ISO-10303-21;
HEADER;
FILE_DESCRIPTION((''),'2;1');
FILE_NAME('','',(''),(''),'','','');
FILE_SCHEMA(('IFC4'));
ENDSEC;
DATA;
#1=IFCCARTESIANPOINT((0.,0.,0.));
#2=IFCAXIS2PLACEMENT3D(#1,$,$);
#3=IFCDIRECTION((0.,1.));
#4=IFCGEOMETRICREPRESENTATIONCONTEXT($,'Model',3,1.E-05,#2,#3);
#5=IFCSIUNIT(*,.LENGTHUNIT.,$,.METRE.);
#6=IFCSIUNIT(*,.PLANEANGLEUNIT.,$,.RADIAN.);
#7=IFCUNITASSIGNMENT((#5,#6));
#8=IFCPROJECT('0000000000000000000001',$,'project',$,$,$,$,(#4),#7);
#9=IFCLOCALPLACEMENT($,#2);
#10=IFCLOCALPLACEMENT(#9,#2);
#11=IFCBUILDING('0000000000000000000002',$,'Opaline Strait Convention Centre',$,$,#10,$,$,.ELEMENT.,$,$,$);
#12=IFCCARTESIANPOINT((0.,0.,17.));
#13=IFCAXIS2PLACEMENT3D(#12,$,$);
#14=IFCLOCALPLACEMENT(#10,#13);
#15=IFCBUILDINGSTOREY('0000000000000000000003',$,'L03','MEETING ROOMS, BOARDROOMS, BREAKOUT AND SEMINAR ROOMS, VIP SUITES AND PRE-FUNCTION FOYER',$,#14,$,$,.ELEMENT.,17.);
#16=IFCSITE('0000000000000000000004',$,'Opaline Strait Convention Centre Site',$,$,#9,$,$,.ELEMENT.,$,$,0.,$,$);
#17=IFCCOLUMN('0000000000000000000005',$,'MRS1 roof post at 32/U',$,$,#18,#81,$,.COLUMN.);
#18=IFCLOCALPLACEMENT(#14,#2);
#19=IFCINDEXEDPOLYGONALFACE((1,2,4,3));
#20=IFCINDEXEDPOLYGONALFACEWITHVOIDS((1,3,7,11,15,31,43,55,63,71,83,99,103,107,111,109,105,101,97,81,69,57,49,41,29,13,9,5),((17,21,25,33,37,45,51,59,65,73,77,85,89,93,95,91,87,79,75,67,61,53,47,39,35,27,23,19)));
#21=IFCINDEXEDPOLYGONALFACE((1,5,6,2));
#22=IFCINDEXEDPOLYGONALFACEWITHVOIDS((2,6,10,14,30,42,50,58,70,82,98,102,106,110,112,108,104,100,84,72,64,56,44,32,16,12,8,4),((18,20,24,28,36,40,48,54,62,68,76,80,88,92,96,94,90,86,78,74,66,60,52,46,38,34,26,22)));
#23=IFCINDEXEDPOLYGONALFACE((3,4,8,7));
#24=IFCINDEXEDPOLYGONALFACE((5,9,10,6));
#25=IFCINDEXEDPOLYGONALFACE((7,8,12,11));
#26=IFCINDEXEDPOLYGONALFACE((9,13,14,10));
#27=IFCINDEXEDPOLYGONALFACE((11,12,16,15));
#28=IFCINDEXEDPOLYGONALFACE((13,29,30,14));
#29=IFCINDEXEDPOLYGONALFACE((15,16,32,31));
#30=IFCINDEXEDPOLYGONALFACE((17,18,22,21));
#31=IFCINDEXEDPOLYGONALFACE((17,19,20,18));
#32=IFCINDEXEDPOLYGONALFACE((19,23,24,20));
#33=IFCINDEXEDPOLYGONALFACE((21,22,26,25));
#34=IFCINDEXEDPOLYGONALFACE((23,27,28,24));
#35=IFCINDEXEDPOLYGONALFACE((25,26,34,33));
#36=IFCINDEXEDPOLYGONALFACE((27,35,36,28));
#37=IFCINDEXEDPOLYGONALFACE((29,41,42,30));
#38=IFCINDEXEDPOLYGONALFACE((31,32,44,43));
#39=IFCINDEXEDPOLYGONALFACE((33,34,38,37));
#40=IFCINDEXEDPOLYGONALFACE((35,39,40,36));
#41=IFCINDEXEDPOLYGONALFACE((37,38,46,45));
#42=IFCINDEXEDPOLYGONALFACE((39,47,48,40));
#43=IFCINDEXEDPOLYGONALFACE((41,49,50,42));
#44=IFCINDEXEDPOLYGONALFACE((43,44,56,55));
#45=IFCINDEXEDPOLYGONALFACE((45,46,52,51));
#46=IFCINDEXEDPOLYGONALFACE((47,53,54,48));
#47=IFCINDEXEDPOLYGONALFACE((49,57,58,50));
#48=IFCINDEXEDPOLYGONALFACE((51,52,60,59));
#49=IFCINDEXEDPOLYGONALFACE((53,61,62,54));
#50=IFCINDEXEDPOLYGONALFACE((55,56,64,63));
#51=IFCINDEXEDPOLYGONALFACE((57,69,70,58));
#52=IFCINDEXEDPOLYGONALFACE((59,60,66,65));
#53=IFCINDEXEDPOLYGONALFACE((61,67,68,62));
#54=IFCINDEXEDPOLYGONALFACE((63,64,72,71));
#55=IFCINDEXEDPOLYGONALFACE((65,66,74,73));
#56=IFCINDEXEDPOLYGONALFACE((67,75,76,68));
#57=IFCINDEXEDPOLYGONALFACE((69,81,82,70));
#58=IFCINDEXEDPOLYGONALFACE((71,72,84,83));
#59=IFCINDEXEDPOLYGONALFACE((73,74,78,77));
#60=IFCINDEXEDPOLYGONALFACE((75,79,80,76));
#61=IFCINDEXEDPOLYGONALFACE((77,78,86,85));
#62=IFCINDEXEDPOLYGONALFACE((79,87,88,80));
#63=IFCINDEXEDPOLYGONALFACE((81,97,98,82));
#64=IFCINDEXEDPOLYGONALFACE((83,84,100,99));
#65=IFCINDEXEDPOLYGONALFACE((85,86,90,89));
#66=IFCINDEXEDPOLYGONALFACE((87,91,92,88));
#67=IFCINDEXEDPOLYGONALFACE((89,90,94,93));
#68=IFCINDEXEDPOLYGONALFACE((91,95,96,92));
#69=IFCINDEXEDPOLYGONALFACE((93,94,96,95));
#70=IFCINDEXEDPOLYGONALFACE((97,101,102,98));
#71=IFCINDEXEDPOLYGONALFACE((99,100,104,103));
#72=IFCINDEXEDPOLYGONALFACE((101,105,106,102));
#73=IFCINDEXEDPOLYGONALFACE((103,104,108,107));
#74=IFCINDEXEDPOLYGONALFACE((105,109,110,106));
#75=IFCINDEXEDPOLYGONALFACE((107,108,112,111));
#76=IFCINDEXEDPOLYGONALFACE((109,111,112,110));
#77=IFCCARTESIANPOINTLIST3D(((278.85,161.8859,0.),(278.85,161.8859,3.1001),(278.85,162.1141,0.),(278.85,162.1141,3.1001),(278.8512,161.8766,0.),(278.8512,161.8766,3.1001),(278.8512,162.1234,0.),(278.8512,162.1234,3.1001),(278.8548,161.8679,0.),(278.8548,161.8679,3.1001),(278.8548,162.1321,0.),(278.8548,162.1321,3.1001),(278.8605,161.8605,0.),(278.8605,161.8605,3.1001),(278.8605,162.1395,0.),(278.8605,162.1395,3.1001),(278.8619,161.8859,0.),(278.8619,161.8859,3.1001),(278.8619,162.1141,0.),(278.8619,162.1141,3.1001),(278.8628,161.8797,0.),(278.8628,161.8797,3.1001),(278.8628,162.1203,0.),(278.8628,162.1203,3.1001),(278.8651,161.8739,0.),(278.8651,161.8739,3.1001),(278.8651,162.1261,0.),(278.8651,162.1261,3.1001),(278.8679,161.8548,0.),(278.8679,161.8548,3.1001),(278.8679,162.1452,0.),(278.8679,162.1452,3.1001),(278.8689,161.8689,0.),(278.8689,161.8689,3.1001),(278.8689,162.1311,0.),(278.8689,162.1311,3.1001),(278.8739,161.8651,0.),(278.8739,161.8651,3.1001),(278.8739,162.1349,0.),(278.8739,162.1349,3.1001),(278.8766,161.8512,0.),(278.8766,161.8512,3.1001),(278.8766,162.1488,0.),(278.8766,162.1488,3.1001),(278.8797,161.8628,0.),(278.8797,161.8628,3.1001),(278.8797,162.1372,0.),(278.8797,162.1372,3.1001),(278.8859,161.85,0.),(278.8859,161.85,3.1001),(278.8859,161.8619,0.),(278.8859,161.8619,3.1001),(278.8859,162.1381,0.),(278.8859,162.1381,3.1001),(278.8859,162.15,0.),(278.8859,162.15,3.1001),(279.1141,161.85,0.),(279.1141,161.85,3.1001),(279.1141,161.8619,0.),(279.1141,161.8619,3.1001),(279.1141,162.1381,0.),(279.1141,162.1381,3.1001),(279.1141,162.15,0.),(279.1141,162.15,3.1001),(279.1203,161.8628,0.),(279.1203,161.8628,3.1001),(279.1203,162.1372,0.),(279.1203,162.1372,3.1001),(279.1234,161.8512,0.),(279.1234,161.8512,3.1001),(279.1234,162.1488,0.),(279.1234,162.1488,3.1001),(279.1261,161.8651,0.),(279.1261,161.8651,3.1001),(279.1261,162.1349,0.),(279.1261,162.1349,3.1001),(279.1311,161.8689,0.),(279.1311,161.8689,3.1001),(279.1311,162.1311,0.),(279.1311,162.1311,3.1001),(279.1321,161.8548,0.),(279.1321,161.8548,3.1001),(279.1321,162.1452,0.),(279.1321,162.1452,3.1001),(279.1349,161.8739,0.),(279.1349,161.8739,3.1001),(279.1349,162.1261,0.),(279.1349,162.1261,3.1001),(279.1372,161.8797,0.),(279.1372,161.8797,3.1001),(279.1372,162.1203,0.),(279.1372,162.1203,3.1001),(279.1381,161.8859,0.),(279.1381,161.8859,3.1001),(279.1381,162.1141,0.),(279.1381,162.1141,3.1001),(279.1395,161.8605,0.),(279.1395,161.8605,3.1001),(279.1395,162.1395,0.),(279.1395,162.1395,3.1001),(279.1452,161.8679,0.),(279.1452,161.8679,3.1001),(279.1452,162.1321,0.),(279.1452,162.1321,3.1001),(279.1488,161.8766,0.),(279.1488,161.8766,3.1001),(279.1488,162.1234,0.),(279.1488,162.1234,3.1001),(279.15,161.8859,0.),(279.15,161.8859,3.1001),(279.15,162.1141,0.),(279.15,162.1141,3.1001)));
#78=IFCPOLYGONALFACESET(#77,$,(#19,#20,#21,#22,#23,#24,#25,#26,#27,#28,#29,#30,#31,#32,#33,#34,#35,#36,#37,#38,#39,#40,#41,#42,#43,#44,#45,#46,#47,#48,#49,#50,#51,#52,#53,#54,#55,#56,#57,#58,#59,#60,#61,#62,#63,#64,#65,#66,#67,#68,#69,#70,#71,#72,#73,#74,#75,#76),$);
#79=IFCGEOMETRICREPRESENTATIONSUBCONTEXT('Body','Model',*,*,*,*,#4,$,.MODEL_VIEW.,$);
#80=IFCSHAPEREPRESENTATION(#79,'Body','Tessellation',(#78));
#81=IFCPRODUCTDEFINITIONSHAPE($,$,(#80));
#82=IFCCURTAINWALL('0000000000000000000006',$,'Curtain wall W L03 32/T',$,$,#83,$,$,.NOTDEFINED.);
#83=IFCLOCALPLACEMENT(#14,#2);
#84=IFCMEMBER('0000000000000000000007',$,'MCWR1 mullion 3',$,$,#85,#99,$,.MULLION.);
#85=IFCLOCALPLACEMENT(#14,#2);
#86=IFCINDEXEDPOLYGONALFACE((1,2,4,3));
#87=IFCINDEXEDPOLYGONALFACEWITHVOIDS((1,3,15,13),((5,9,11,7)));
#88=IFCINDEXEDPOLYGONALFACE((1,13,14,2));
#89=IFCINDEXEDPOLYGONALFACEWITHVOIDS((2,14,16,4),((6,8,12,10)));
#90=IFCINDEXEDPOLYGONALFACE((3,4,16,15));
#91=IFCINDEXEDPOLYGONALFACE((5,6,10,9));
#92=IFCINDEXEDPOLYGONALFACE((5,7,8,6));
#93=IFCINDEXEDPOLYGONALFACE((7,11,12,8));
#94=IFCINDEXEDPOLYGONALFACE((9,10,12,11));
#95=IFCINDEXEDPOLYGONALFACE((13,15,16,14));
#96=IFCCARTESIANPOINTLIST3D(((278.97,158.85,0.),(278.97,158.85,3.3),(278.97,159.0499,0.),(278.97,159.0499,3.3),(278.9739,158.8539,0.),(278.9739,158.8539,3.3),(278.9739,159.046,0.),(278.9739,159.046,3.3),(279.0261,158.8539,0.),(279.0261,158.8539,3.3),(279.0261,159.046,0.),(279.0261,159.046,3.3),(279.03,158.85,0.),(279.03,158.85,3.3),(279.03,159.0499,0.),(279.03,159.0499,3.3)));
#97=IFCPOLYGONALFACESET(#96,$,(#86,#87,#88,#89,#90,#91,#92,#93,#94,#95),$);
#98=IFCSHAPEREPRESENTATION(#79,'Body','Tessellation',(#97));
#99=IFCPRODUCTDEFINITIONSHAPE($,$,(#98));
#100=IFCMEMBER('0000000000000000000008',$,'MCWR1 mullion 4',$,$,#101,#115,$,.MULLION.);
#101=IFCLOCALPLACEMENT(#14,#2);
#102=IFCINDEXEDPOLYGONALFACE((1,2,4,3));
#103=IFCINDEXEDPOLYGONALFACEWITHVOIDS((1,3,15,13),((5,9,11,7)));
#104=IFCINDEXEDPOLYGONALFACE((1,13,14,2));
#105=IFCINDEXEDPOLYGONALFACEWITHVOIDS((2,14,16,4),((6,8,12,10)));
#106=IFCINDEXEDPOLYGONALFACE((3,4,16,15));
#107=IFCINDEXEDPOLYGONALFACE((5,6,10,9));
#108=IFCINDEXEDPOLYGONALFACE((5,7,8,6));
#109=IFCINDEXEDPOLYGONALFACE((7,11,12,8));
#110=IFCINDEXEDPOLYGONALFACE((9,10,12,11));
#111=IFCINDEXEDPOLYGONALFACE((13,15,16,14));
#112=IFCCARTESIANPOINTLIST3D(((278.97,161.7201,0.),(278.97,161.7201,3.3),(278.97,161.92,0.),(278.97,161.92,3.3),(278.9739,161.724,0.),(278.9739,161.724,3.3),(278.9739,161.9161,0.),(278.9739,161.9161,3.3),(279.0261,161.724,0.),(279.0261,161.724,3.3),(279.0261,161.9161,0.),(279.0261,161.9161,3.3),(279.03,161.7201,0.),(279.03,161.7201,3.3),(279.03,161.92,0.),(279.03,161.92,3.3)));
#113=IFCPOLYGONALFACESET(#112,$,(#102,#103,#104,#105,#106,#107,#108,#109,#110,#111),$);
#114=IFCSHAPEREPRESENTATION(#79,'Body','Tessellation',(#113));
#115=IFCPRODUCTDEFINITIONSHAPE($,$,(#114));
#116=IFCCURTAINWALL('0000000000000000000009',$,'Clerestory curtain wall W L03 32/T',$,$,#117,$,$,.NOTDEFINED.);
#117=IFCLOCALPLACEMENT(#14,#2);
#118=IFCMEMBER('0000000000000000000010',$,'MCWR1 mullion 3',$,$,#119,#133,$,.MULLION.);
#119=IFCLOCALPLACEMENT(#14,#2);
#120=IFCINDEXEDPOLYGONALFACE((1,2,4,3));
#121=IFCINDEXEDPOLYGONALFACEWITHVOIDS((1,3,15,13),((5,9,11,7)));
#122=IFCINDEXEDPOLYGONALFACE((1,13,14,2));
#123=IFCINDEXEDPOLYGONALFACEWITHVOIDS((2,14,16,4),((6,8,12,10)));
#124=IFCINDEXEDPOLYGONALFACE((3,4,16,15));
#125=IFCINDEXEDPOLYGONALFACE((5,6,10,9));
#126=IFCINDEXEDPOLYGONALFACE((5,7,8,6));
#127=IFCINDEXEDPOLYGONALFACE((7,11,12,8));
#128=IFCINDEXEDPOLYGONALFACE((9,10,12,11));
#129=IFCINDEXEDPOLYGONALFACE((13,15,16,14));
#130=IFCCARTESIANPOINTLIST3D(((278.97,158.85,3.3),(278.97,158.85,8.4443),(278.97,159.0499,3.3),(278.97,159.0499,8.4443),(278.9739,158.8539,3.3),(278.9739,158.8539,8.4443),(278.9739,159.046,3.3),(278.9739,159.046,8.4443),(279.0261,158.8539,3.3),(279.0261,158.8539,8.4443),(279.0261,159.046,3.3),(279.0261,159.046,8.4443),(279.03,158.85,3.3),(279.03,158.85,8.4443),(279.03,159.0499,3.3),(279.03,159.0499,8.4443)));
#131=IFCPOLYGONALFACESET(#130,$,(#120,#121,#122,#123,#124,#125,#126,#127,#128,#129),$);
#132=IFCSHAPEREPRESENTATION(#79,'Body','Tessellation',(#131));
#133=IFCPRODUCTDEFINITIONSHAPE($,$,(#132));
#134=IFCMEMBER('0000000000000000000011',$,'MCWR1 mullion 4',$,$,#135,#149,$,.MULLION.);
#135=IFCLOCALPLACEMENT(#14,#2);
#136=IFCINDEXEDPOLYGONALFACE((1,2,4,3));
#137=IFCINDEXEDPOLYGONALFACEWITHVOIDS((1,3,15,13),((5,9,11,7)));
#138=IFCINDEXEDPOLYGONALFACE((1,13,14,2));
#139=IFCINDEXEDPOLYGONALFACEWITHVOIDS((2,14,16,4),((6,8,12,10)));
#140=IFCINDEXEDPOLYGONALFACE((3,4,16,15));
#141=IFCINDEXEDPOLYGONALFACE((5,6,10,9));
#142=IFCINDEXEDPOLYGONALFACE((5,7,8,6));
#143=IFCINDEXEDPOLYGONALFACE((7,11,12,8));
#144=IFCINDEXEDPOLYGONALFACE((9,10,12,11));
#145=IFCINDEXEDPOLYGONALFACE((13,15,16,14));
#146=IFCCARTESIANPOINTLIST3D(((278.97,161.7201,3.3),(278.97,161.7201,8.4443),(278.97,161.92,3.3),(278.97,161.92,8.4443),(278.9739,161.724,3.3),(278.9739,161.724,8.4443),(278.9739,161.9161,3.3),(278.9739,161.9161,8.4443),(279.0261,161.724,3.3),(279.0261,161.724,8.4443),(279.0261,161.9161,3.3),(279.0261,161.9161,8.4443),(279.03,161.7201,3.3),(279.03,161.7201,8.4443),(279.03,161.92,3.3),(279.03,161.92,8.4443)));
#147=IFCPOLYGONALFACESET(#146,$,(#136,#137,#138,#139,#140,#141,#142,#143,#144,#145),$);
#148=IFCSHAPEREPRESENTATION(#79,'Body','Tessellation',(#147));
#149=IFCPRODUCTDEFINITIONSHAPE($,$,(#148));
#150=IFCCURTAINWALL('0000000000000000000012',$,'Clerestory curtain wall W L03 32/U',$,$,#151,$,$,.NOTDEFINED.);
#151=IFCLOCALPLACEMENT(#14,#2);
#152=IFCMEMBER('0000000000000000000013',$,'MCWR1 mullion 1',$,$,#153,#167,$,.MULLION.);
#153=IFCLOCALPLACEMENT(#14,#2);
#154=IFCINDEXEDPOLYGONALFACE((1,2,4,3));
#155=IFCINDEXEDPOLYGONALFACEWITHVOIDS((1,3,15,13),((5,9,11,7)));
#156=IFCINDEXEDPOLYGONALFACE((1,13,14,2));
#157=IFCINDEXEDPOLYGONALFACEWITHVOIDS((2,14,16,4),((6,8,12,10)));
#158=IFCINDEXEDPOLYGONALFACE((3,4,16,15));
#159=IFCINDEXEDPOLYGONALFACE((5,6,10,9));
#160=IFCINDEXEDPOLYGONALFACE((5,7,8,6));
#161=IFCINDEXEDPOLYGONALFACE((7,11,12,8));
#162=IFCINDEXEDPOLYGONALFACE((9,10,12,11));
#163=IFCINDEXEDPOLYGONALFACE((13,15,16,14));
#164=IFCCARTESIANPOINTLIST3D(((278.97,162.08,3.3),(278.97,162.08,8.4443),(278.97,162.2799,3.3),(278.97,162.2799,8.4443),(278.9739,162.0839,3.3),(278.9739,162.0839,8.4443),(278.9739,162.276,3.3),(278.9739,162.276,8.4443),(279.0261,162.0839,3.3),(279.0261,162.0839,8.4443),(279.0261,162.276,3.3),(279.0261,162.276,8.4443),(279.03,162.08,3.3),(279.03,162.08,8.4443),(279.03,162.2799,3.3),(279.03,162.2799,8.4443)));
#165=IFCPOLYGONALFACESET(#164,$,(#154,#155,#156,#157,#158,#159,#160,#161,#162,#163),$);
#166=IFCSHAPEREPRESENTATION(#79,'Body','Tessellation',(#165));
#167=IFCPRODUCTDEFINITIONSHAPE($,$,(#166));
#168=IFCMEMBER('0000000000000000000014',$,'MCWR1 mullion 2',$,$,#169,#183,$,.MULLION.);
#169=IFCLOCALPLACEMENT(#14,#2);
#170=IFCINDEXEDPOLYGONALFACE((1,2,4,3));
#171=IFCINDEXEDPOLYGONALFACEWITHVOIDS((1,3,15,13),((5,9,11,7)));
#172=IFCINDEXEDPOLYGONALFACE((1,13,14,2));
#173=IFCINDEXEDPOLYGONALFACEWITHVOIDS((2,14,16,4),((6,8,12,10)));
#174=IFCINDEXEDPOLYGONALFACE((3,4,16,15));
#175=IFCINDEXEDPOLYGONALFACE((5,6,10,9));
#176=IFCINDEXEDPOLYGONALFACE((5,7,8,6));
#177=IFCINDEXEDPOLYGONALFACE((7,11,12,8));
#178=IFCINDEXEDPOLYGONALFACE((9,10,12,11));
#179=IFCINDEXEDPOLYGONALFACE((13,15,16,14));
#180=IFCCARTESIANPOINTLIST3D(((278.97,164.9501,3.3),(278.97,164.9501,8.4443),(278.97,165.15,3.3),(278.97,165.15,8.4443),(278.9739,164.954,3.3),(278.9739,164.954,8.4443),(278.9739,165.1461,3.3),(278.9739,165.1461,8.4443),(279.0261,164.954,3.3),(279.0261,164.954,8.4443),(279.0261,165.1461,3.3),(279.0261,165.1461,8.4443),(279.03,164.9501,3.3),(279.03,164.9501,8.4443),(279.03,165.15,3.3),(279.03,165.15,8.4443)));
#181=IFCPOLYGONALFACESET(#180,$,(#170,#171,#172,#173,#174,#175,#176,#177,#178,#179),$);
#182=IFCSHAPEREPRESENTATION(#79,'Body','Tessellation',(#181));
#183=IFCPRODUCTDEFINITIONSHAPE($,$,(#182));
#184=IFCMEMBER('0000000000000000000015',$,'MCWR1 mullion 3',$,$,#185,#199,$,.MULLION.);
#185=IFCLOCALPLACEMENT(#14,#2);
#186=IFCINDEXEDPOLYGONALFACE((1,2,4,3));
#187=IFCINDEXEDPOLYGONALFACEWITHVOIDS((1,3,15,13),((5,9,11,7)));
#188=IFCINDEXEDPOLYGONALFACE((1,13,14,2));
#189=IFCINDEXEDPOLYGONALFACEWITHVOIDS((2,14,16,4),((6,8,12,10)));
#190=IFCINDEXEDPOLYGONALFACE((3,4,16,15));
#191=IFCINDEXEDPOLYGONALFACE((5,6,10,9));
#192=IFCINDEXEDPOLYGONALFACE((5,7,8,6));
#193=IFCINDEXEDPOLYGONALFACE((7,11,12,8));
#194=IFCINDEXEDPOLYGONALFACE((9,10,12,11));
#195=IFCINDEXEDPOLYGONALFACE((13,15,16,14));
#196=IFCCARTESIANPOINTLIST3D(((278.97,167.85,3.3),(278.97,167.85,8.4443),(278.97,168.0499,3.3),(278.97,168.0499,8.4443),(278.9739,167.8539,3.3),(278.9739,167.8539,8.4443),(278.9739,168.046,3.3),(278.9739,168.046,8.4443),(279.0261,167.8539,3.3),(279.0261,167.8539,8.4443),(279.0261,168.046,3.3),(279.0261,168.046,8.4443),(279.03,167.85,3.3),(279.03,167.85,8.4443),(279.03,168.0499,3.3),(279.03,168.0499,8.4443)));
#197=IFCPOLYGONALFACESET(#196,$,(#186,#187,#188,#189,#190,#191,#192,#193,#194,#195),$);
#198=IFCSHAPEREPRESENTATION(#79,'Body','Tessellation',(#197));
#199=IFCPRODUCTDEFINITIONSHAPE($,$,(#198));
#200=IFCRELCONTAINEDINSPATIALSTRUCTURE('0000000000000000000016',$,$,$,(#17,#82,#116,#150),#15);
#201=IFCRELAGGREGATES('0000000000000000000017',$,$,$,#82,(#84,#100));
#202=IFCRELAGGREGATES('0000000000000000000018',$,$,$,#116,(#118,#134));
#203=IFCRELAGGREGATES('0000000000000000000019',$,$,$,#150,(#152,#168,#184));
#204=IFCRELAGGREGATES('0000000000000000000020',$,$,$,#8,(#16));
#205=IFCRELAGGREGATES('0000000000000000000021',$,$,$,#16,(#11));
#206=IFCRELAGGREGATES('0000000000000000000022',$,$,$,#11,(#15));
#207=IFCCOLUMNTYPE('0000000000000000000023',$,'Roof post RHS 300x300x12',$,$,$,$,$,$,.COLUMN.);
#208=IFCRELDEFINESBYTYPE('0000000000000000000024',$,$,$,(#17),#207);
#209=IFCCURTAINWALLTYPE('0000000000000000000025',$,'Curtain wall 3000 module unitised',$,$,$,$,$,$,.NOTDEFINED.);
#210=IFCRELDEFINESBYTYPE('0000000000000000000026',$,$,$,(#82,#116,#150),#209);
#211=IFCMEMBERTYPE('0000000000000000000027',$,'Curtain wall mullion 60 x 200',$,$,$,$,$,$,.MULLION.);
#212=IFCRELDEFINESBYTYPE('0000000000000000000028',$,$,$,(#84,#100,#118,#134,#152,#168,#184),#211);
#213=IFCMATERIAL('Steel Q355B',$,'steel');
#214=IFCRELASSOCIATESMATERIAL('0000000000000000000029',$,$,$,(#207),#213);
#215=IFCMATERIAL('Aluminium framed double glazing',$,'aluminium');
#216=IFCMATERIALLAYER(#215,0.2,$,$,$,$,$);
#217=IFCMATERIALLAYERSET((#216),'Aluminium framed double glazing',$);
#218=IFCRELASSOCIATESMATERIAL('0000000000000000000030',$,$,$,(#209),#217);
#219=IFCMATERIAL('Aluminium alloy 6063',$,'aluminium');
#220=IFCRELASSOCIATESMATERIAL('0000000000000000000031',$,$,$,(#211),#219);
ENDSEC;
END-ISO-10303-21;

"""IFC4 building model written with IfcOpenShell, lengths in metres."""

from ifc_helpers import new_model, si_unit, direction, frame, origin, origin_2d, place, context, subcontext, project, spatial, hollow_rectangle, extrude, material, layer, layer_set, material_profile, profile_set, type_object, element, aggregate, save


model = new_model("IFC4")

# Units and contexts
model_context = context("Model", 3, precision=1e-05, world=origin(), true_north=direction((0.0, 1.0)))
body_context = subcontext(model_context, "Body", "Model", "MODEL_VIEW")
ifc_project = project(units=[si_unit("LENGTHUNIT", "METRE"), si_unit("PLANEANGLEUNIT", "RADIAN")], contexts=[model_context])

# Site, building, storey
site_placement = place(None, origin())
site = spatial("IfcSite", under=ifc_project, at=site_placement, Name="Opaline Strait Convention Centre Site", CompositionType="ELEMENT", RefElevation=0.0)
building_placement = place(site_placement, origin())
building = spatial("IfcBuilding", under=site, at=building_placement, Name="Opaline Strait Convention Centre", CompositionType="ELEMENT")
storey_placement = place(building_placement, frame((0.0, 0.0, 17.0)))
storey = spatial("IfcBuildingStorey", under=building, at=storey_placement, Name="L03", Description="MEETING ROOMS, BOARDROOMS, BREAKOUT AND SEMINAR ROOMS, VIP SUITES AND PRE-FUNCTION FOYER", CompositionType="ELEMENT", Elevation=17.0)

# Column
ifc_material_1 = material(Name="Steel Q355B", Category="steel")
ifc_material_profile_1 = material_profile(ifc_material_1, hollow_rectangle(XDim=0.3, YDim=0.3, WallThickness=0.012, InnerFilletRadius=0.0239, OuterFilletRadius=0.0359, at=origin_2d()), Name="RHS 300x300x12")
ifc_profile_set_1 = profile_set([ifc_material_profile_1], Name="Steel Q355B")
column_type = type_object("IfcColumnType", Name="Roof post RHS 300x300x12", PredefinedType="COLUMN", material=ifc_profile_set_1)
column_placement = place(storey_placement, frame((279.0, 162.0, 0.0), z_axis=(0.0, 0.0, 1.0), x_axis=(1.0, 0.0, 0.0)))
element("IfcColumn", 1, at=column_placement, inside=storey, type_object=column_type, Name="MRS1 roof post at 32/U", PredefinedType="COLUMN", context=body_context, shape_type="SweptSolid", body=[
    extrude(hollow_rectangle(XDim=0.3, YDim=0.3, WallThickness=0.012, InnerFilletRadius=0.0239, OuterFilletRadius=0.0359, at=origin_2d()), origin(), (0.0, 0.0, 1.0), 3.1001),
])

# Curtain walls, members
ifc_material_2 = material(Name="Aluminium framed double glazing", Category="aluminium")
ifc_layer_1 = layer(ifc_material_2, 0.2)
ifc_layer_set_1 = layer_set([ifc_layer_1], Name="Aluminium framed double glazing")
curtain_wall_type = type_object("IfcCurtainWallType", Name="Curtain wall 3000 module unitised", PredefinedType="NOTDEFINED", material=ifc_layer_set_1)
curtain_wall_1_placement = place(storey_placement, origin())
curtain_wall_1 = element("IfcCurtainWall", 2, at=curtain_wall_1_placement, inside=storey, type_object=curtain_wall_type, Name="Curtain wall W L03 32/T", PredefinedType="NOTDEFINED")
ifc_material_3 = material(Name="Aluminium alloy 6063", Category="aluminium")
ifc_material_profile_2 = material_profile(ifc_material_3, hollow_rectangle(XDim=0.0601, YDim=0.2, WallThickness=0.0039, at=origin_2d()), Name="MULLION 60x200x4")
ifc_profile_set_2 = profile_set([ifc_material_profile_2], Name="Aluminium alloy 6063")
member_type_1 = type_object("IfcMemberType", Name="Curtain wall mullion 60 x 200", PredefinedType="MULLION", material=ifc_profile_set_2)
member_1_placement = place(storey_placement, frame((279.0, 158.95, 0.0), z_axis=(0.0, 0.0, 1.0), x_axis=(-1.0, 0.0, 0.0)))
member_1 = element("IfcMember", 3, at=member_1_placement, type_object=member_type_1, Name="MCWR1 mullion 3", PredefinedType="MULLION", context=body_context, shape_type="SweptSolid", body=[
    extrude(hollow_rectangle(XDim=0.0601, YDim=0.2, WallThickness=0.0039, at=origin_2d()), origin(), (0.0, 0.0, 1.0), 3.3),
])
member_2_placement = place(storey_placement, frame((279.0, 161.8201, 0.0), z_axis=(0.0, 0.0, 1.0), x_axis=(-1.0, 0.0, 0.0)))
member_2 = element("IfcMember", 4, at=member_2_placement, type_object=member_type_1, Name="MCWR1 mullion 4", PredefinedType="MULLION", context=body_context, shape_type="SweptSolid", body=[
    extrude(hollow_rectangle(XDim=0.0601, YDim=0.2, WallThickness=0.0039, at=origin_2d()), origin(), (0.0, 0.0, 1.0), 3.3),
])
curtain_wall_2_placement = place(storey_placement, origin())
curtain_wall_2 = element("IfcCurtainWall", 5, at=curtain_wall_2_placement, inside=storey, type_object=curtain_wall_type, Name="Clerestory curtain wall W L03 32/T", PredefinedType="NOTDEFINED")
member_3_placement = place(storey_placement, frame((279.0, 158.95, 3.3), z_axis=(0.0, 0.0, 1.0), x_axis=(-1.0, 0.0, 0.0)))
member_3 = element("IfcMember", 6, at=member_3_placement, type_object=member_type_1, Name="MCWR1 mullion 3", PredefinedType="MULLION", context=body_context, shape_type="SweptSolid", body=[
    extrude(hollow_rectangle(XDim=0.0601, YDim=0.2, WallThickness=0.0039, at=origin_2d()), origin(), (0.0, 0.0, 1.0), 5.1443),
])
member_4_placement = place(storey_placement, frame((279.0, 161.8201, 3.3), z_axis=(0.0, 0.0, 1.0), x_axis=(-1.0, 0.0, 0.0)))
member_4 = element("IfcMember", 7, at=member_4_placement, type_object=member_type_1, Name="MCWR1 mullion 4", PredefinedType="MULLION", context=body_context, shape_type="SweptSolid", body=[
    extrude(hollow_rectangle(XDim=0.0601, YDim=0.2, WallThickness=0.0039, at=origin_2d()), origin(), (0.0, 0.0, 1.0), 5.1443),
])
curtain_wall_3_placement = place(storey_placement, origin())
curtain_wall_3 = element("IfcCurtainWall", 8, at=curtain_wall_3_placement, inside=storey, type_object=curtain_wall_type, Name="Clerestory curtain wall W L03 32/U", PredefinedType="NOTDEFINED")
member_5_placement = place(storey_placement, frame((279.0, 162.1799, 3.3), z_axis=(0.0, 0.0, 1.0), x_axis=(-1.0, 0.0, 0.0)))
member_5 = element("IfcMember", 9, at=member_5_placement, type_object=member_type_1, Name="MCWR1 mullion 1", PredefinedType="MULLION", context=body_context, shape_type="SweptSolid", body=[
    extrude(hollow_rectangle(XDim=0.0601, YDim=0.2, WallThickness=0.0039, at=origin_2d()), origin(), (0.0, 0.0, 1.0), 5.1443),
])
member_6_placement = place(storey_placement, frame((279.0, 165.05, 3.3), z_axis=(0.0, 0.0, 1.0), x_axis=(-1.0, 0.0, 0.0)))
member_6 = element("IfcMember", 10, at=member_6_placement, type_object=member_type_1, Name="MCWR1 mullion 2", PredefinedType="MULLION", context=body_context, shape_type="SweptSolid", body=[
    extrude(hollow_rectangle(XDim=0.0601, YDim=0.2, WallThickness=0.0039, at=origin_2d()), origin(), (0.0, 0.0, 1.0), 5.1443),
])
member_7_placement = place(storey_placement, frame((279.0, 167.95, 3.3), z_axis=(0.0, 0.0, 1.0), x_axis=(-1.0, 0.0, 0.0)))
member_7 = element("IfcMember", 11, at=member_7_placement, type_object=member_type_1, Name="MCWR1 mullion 3", PredefinedType="MULLION", context=body_context, shape_type="SweptSolid", body=[
    extrude(hollow_rectangle(XDim=0.0601, YDim=0.2, WallThickness=0.0039, at=origin_2d()), origin(), (0.0, 0.0, 1.0), 5.1443),
])

aggregate(curtain_wall_1, [member_1, member_2])
aggregate(curtain_wall_2, [member_3, member_4])
aggregate(curtain_wall_3, [member_5, member_6, member_7])

save(model, "model.ifc")
